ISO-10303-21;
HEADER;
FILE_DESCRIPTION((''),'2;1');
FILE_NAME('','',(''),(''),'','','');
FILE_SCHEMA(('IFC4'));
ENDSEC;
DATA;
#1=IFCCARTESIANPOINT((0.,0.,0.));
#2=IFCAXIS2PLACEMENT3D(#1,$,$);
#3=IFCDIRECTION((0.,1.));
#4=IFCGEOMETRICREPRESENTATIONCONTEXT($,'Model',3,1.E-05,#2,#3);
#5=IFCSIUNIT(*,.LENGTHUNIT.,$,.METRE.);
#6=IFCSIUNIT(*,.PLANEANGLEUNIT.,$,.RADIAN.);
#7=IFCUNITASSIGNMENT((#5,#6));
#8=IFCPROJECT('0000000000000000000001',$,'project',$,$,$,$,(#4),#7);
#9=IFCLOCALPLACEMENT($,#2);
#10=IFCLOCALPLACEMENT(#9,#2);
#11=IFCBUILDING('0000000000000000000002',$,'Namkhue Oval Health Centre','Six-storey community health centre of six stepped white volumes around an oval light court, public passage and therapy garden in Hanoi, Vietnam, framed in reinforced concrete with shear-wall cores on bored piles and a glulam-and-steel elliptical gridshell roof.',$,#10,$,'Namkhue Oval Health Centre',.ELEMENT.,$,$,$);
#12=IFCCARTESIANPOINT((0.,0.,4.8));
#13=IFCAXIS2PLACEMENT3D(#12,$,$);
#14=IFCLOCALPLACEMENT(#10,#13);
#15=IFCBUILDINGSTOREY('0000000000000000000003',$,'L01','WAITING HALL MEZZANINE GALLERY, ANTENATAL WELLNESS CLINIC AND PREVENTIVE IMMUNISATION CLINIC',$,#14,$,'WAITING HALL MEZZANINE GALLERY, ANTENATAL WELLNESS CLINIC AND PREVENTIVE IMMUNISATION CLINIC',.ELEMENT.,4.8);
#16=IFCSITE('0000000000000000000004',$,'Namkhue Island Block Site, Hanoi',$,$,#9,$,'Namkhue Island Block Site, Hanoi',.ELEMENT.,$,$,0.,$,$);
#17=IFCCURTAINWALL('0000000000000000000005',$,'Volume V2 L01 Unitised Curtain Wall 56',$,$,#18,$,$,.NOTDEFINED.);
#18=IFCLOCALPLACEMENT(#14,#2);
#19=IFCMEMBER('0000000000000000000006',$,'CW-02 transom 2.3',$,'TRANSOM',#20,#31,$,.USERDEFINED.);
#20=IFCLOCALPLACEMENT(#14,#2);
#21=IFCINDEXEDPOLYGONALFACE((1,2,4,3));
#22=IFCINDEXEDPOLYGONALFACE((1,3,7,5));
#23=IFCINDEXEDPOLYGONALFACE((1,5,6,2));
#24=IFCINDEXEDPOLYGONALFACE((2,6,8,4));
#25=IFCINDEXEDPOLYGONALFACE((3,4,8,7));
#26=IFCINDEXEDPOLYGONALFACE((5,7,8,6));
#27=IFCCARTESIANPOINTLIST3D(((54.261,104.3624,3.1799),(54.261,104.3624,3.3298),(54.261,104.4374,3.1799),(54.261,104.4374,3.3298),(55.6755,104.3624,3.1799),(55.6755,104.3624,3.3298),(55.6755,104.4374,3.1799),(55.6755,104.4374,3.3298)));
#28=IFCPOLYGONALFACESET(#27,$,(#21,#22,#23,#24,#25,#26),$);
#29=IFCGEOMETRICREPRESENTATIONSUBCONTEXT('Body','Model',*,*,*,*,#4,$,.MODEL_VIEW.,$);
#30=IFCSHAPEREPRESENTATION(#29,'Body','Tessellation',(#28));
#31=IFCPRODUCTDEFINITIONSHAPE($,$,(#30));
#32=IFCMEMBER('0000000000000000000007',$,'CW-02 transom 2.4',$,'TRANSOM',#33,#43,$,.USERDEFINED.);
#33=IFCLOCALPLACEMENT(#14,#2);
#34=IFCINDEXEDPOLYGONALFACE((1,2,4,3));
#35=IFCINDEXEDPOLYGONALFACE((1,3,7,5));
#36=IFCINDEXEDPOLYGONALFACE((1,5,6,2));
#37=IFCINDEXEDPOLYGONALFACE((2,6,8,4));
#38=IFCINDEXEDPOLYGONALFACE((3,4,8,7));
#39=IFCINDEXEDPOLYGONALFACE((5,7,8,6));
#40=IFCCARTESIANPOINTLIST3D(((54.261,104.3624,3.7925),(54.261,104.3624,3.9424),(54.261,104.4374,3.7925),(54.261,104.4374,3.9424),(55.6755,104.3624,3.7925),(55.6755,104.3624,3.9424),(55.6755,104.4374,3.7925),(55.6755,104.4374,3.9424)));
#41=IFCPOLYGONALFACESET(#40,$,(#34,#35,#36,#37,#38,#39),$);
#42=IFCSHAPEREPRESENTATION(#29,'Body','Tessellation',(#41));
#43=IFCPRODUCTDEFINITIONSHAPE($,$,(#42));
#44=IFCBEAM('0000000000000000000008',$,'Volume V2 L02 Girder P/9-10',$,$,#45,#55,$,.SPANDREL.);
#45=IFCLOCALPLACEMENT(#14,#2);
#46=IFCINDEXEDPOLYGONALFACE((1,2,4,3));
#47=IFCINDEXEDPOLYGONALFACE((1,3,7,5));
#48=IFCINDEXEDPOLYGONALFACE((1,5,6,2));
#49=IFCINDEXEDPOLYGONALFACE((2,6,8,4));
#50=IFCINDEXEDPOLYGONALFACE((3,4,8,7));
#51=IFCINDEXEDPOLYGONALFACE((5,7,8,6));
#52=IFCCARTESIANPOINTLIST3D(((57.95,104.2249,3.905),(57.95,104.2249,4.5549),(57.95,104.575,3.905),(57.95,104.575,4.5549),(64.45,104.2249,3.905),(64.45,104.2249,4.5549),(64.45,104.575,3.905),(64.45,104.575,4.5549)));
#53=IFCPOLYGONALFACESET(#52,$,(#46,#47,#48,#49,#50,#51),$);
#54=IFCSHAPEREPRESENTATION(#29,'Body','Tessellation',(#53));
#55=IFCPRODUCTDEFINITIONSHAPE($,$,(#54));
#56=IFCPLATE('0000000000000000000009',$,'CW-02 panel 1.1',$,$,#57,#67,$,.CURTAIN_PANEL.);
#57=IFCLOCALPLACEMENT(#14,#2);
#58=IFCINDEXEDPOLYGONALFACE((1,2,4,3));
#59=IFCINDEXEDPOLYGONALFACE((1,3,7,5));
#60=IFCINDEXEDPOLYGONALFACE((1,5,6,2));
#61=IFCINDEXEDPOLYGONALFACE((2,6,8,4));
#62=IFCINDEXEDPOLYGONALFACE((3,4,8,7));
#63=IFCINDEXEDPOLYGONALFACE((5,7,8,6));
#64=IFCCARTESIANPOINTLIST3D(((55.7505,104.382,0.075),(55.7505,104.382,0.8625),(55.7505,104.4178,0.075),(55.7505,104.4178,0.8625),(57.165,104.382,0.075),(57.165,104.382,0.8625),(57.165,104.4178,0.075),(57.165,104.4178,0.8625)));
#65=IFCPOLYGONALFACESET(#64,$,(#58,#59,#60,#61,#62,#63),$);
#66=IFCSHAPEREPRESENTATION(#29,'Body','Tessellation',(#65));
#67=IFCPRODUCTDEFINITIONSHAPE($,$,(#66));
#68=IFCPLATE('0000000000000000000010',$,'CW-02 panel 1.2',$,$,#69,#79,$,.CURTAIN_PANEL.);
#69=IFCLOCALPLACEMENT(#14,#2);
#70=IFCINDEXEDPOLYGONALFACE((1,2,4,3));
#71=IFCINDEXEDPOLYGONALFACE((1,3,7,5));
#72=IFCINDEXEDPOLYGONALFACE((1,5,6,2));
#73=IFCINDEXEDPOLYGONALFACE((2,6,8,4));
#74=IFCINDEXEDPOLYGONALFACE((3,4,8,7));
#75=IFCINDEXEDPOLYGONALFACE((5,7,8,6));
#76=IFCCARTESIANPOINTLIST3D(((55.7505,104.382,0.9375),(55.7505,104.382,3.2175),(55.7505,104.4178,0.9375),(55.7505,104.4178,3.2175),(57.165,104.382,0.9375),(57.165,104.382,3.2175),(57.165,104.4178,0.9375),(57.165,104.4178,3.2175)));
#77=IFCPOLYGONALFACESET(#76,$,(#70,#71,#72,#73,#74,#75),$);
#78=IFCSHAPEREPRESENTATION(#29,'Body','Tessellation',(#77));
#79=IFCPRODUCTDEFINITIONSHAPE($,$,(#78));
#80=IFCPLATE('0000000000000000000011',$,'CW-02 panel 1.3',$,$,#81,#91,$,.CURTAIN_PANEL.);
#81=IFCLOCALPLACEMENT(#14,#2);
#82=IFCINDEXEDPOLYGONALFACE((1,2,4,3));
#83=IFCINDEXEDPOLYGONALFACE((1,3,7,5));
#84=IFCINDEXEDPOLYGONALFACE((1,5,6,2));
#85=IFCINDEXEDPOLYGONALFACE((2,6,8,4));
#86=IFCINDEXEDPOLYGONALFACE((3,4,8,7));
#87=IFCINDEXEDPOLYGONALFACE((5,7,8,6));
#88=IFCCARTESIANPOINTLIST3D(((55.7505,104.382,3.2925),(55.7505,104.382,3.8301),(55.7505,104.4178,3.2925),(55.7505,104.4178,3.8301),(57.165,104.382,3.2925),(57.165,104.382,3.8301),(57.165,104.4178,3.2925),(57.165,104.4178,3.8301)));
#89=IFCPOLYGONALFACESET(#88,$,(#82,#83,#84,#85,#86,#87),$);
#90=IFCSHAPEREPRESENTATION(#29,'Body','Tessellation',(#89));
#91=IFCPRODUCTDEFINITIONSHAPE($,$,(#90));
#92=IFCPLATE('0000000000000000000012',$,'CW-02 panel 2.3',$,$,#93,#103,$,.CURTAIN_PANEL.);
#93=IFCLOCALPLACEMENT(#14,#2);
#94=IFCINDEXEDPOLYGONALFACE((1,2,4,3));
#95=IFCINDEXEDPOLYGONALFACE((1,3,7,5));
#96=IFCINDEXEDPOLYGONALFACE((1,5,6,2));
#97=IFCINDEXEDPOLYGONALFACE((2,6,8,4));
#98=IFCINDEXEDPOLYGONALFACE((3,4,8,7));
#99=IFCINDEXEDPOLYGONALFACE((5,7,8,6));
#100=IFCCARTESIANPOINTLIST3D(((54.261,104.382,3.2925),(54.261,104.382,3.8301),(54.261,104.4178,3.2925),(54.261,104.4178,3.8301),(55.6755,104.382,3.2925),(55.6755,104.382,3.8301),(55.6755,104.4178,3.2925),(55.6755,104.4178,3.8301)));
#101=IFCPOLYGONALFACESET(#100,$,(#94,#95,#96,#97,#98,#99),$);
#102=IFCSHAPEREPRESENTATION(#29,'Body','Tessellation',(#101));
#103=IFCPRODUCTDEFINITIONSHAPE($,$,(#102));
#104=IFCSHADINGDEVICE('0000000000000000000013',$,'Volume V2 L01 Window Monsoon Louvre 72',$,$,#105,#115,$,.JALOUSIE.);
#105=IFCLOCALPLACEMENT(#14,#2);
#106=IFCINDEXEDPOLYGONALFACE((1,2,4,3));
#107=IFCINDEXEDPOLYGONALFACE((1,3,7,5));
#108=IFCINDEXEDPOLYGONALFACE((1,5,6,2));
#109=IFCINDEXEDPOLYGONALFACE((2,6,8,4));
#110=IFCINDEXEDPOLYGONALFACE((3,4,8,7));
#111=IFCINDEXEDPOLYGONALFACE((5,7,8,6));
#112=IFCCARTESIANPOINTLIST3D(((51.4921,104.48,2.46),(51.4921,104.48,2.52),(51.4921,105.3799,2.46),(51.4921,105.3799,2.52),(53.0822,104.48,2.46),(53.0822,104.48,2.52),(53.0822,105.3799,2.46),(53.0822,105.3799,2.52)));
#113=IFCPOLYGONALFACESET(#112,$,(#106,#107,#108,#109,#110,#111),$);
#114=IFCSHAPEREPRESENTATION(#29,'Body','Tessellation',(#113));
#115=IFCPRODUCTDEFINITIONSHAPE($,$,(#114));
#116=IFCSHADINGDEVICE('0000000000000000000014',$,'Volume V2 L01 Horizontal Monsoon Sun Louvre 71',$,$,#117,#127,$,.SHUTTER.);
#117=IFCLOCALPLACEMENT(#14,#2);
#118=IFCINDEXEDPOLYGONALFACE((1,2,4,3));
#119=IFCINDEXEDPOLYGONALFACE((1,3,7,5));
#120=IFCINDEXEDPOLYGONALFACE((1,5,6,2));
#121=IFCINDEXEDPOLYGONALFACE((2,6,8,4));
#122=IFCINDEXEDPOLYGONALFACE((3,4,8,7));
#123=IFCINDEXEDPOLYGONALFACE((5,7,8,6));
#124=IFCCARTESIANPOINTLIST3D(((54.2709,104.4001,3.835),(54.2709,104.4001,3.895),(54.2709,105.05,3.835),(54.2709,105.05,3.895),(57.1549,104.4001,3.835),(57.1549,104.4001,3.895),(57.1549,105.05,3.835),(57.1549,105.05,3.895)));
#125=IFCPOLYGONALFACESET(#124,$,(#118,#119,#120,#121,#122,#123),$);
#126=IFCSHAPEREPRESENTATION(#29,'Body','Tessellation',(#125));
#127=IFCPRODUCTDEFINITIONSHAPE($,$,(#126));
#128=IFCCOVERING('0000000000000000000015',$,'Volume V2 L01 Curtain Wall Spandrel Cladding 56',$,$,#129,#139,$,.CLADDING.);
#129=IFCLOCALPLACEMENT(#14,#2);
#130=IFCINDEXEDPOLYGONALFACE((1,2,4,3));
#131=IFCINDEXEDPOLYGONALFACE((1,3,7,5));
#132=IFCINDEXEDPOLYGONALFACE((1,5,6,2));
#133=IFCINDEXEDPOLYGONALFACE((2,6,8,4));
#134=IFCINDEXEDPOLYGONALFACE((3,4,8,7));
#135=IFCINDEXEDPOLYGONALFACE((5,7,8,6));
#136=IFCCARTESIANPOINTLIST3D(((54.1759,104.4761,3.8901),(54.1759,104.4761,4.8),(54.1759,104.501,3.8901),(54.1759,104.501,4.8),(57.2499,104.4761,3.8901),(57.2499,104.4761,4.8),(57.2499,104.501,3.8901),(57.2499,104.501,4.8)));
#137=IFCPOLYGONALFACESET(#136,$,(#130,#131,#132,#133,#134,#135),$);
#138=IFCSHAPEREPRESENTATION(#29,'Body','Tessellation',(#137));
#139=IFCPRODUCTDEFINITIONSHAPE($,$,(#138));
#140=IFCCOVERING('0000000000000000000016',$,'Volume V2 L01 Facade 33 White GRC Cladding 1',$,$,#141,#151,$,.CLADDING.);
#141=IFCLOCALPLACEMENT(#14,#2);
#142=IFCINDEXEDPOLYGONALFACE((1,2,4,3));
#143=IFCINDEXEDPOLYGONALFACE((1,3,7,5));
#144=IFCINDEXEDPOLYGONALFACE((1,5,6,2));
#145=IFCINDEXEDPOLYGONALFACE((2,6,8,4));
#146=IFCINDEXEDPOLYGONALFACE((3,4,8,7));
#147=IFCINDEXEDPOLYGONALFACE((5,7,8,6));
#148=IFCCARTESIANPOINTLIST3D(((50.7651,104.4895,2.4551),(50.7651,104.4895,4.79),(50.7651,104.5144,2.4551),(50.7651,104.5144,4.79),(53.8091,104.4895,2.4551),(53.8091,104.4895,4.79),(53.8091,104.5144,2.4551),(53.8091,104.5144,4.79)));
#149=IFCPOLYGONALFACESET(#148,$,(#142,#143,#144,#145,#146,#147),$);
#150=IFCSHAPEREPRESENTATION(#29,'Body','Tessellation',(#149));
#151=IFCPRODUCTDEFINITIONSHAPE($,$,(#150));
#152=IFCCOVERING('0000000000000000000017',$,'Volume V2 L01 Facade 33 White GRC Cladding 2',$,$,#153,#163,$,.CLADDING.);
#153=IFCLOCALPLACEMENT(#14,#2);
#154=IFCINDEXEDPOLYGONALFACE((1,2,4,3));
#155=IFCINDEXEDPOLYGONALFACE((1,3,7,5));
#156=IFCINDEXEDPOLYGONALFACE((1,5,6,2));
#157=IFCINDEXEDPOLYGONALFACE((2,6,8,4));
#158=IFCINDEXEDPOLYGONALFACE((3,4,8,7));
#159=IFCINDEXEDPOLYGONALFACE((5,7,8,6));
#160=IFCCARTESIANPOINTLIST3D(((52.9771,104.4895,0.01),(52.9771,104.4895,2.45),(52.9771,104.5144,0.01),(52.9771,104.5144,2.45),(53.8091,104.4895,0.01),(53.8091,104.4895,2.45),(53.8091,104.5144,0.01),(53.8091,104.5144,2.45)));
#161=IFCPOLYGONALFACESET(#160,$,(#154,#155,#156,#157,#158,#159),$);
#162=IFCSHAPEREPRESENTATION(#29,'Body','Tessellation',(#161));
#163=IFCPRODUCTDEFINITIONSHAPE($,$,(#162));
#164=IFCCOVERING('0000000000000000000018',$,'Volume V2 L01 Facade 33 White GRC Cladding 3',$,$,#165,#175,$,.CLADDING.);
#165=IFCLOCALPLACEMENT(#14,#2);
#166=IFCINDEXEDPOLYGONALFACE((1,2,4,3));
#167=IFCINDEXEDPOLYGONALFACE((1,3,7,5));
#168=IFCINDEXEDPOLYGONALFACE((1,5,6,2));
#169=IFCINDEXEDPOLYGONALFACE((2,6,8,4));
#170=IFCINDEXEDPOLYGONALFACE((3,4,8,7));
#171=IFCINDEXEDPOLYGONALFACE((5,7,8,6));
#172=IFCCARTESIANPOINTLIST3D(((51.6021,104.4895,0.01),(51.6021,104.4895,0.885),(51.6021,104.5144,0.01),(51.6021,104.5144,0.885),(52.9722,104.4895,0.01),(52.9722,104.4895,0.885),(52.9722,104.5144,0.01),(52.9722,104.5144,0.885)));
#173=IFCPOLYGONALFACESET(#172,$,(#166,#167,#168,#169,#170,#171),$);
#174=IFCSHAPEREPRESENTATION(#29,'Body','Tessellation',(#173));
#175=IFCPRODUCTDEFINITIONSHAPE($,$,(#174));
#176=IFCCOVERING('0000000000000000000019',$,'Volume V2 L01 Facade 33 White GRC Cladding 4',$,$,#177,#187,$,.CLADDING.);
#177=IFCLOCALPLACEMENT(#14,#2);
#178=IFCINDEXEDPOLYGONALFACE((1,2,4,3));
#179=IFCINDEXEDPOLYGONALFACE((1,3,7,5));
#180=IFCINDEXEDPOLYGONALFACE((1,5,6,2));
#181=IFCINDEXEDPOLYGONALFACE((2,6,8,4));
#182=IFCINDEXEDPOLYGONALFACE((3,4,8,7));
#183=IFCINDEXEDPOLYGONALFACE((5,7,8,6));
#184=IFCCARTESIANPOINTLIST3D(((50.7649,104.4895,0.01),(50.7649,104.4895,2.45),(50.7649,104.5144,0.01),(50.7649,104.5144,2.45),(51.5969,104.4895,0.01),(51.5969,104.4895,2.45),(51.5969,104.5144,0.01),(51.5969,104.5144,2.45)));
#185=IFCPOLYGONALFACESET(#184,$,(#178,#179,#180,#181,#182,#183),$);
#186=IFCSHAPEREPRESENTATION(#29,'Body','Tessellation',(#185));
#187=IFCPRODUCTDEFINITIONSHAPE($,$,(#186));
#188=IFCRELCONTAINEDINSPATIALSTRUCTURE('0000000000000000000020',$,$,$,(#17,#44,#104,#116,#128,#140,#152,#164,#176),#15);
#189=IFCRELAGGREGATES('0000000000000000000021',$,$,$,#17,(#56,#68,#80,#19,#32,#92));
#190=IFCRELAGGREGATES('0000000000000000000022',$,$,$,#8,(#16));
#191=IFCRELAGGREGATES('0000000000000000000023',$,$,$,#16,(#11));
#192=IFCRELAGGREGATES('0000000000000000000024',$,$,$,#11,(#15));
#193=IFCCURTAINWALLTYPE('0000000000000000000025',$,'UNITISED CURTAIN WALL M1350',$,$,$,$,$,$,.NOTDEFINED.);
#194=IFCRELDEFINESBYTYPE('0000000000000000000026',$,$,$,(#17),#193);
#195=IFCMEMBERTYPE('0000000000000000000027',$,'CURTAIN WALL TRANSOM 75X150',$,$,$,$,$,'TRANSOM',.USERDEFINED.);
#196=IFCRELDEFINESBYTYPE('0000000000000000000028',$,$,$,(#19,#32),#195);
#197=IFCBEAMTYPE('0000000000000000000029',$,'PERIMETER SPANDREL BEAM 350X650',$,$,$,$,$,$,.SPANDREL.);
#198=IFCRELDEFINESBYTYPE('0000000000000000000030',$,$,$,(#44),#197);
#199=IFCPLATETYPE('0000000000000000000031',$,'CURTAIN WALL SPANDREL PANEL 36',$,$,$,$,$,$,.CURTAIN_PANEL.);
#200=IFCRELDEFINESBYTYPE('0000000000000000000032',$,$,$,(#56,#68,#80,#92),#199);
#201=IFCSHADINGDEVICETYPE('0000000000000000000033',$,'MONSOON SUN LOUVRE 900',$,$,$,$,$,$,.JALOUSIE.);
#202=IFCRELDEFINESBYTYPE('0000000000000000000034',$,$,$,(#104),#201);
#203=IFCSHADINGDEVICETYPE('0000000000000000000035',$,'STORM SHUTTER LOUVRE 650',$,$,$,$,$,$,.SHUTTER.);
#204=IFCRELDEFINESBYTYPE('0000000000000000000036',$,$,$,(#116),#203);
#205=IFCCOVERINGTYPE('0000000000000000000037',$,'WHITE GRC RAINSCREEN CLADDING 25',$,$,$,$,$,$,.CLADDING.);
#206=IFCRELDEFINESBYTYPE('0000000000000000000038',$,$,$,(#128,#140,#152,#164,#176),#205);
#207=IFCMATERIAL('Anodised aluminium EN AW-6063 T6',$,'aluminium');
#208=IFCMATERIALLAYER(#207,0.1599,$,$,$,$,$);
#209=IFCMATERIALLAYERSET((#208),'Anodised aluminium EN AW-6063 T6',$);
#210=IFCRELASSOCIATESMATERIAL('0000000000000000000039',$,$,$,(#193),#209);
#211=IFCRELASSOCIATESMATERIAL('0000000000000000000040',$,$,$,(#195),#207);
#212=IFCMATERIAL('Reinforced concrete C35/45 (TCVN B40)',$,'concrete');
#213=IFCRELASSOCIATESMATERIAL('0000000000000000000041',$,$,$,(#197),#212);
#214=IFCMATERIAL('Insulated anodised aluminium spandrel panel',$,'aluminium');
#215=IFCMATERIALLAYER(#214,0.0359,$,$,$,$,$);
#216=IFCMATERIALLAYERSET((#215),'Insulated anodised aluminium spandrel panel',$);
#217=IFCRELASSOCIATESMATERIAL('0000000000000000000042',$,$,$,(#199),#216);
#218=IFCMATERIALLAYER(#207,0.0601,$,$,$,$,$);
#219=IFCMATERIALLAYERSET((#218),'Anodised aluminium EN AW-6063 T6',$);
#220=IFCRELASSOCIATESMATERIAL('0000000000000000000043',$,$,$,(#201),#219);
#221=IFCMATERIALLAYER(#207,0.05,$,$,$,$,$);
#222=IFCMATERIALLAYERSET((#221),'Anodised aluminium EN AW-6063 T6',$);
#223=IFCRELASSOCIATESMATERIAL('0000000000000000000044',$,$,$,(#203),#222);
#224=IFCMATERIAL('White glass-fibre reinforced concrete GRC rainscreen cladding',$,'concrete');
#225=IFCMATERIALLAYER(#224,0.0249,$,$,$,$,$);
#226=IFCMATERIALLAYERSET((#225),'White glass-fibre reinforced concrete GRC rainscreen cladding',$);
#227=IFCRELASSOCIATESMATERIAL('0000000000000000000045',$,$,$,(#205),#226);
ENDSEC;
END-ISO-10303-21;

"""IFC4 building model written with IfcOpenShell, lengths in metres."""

from ifc_helpers import new_model, si_unit, direction, frame, origin, origin_2d, place, context, subcontext, project, spatial, rectangle, extrude, material, layer, layer_set, material_profile, profile_set, type_object, element, aggregate, save


model = new_model("IFC4")

# Units and contexts
model_context = context("Model", 3, precision=1e-05, world=origin(), true_north=direction((0.0, 1.0)))
body_context = subcontext(model_context, "Body", "Model", "MODEL_VIEW")
ifc_project = project(units=[si_unit("LENGTHUNIT", "METRE"), si_unit("PLANEANGLEUNIT", "RADIAN")], contexts=[model_context])

# Site, building, storey
site_placement = place(None, origin())
site = spatial("IfcSite", under=ifc_project, at=site_placement, Name="Namkhue Island Block Site, Hanoi", LongName="Namkhue Island Block Site, Hanoi", CompositionType="ELEMENT", RefElevation=0.0)
building_placement = place(site_placement, origin())
building = spatial("IfcBuilding", under=site, at=building_placement, Name="Namkhue Oval Health Centre", Description="Six-storey community health centre of six stepped white volumes around an oval light court, public passage and therapy garden in Hanoi, Vietnam, framed in reinforced concrete with shear-wall cores on bored piles and a glulam-and-steel elliptical gridshell roof.", LongName="Namkhue Oval Health Centre", CompositionType="ELEMENT")
storey_placement = place(building_placement, frame((0.0, 0.0, 4.8)))
storey = spatial("IfcBuildingStorey", under=building, at=storey_placement, Name="L01", Description="WAITING HALL MEZZANINE GALLERY, ANTENATAL WELLNESS CLINIC AND PREVENTIVE IMMUNISATION CLINIC", LongName="WAITING HALL MEZZANINE GALLERY, ANTENATAL WELLNESS CLINIC AND PREVENTIVE IMMUNISATION CLINIC", CompositionType="ELEMENT", Elevation=4.8)

# Shared definitions
ifc_material_1 = material(Name="Reinforced concrete C35/45 (TCVN B40)", Category="concrete")

# Curtain wall, members
ifc_material_2 = material(Name="Anodised aluminium EN AW-6063 T6", Category="aluminium")
ifc_layer_1 = layer(ifc_material_2, 0.1599)
ifc_layer_set_1 = layer_set([ifc_layer_1], Name="Anodised aluminium EN AW-6063 T6")
curtain_wall_type = type_object("IfcCurtainWallType", Name="UNITISED CURTAIN WALL M1350", PredefinedType="NOTDEFINED", material=ifc_layer_set_1)
curtain_wall_placement = place(storey_placement, origin())
curtain_wall = element("IfcCurtainWall", 1, at=curtain_wall_placement, inside=storey, type_object=curtain_wall_type, Name="Volume V2 L01 Unitised Curtain Wall 56", PredefinedType="NOTDEFINED")
ifc_material_profile_1 = material_profile(ifc_material_2, rectangle(XDim=0.075, YDim=0.1499, at=origin_2d()), Name="ALU 75x150")
ifc_profile_set_1 = profile_set([ifc_material_profile_1], Name="Anodised aluminium EN AW-6063 T6")
member_type_1 = type_object("IfcMemberType", Name="CURTAIN WALL TRANSOM 75X150", ElementType="TRANSOM", PredefinedType="USERDEFINED", material=ifc_profile_set_1)
member_1_placement = place(storey_placement, frame((55.6755, 104.3999, 3.2549), z_axis=(-1.0, 0.0, 0.0), x_axis=(0.0, -1.0, 0.0)))
member_1 = element("IfcMember", 2, at=member_1_placement, type_object=member_type_1, Name="CW-02 transom 2.3", ObjectType="TRANSOM", PredefinedType="USERDEFINED", context=body_context, shape_type="SweptSolid", body=[
    extrude(rectangle(XDim=0.075, YDim=0.1499, at=origin_2d()), origin(), (0.0, 0.0, 1.0), 1.4146),
])
member_2_placement = place(storey_placement, frame((55.6755, 104.3999, 3.8674), z_axis=(-1.0, 0.0, 0.0), x_axis=(0.0, -1.0, 0.0)))
member_2 = element("IfcMember", 3, at=member_2_placement, type_object=member_type_1, Name="CW-02 transom 2.4", ObjectType="TRANSOM", PredefinedType="USERDEFINED", context=body_context, shape_type="SweptSolid", body=[
    extrude(rectangle(XDim=0.075, YDim=0.1499, at=origin_2d()), origin(), (0.0, 0.0, 1.0), 1.4146),
])

# Beam
ifc_material_profile_2 = material_profile(ifc_material_1, rectangle(XDim=0.3501, YDim=0.6499, at=origin_2d()), Name="RC 350x650")
ifc_profile_set_2 = profile_set([ifc_material_profile_2], Name="Reinforced concrete C35/45 (TCVN B40)")
beam_type = type_object("IfcBeamType", Name="PERIMETER SPANDREL BEAM 350X650", PredefinedType="SPANDREL", material=ifc_profile_set_2)
beam_placement = place(storey_placement, frame((57.95, 104.3999, 4.23), z_axis=(1.0, 0.0, 0.0), x_axis=(0.0, 1.0, 0.0)))
element("IfcBeam", 4, at=beam_placement, inside=storey, type_object=beam_type, Name="Volume V2 L02 Girder P/9-10", PredefinedType="SPANDREL", context=body_context, shape_type="SweptSolid", body=[
    extrude(rectangle(XDim=0.3501, YDim=0.6499, at=origin_2d()), origin(), (0.0, 0.0, 1.0), 6.5),
])

# Plates
ifc_material_3 = material(Name="Insulated anodised aluminium spandrel panel", Category="aluminium")
ifc_layer_2 = layer(ifc_material_3, 0.0359)
ifc_layer_set_2 = layer_set([ifc_layer_2], Name="Insulated anodised aluminium spandrel panel")
plate_type = type_object("IfcPlateType", Name="CURTAIN WALL SPANDREL PANEL 36", PredefinedType="CURTAIN_PANEL", material=ifc_layer_set_2)
plate_1_placement = place(storey_placement, frame((56.4578, 104.3999, 0.075), z_axis=(0.0, 0.0, 1.0), x_axis=(-1.0, 0.0, 0.0)))
plate_1 = element("IfcPlate", 5, at=plate_1_placement, type_object=plate_type, Name="CW-02 panel 1.1", PredefinedType="CURTAIN_PANEL", context=body_context, shape_type="SweptSolid", body=[
    extrude(rectangle(XDim=1.4146, YDim=0.0359, at=origin_2d()), origin(), (0.0, 0.0, 1.0), 0.7876),
])
plate_2_placement = place(storey_placement, frame((56.4578, 104.3999, 0.9375), z_axis=(0.0, 0.0, 1.0), x_axis=(-1.0, 0.0, 0.0)))
plate_2 = element("IfcPlate", 6, at=plate_2_placement, type_object=plate_type, Name="CW-02 panel 1.2", PredefinedType="CURTAIN_PANEL", context=body_context, shape_type="SweptSolid", body=[
    extrude(rectangle(XDim=1.4146, YDim=0.0359, at=origin_2d()), origin(), (0.0, 0.0, 1.0), 2.28),
])
plate_3_placement = place(storey_placement, frame((56.4578, 104.3999, 3.2925), z_axis=(0.0, 0.0, 1.0), x_axis=(-1.0, 0.0, 0.0)))
plate_3 = element("IfcPlate", 7, at=plate_3_placement, type_object=plate_type, Name="CW-02 panel 1.3", PredefinedType="CURTAIN_PANEL", context=body_context, shape_type="SweptSolid", body=[
    extrude(rectangle(XDim=1.4146, YDim=0.0359, at=origin_2d()), origin(), (0.0, 0.0, 1.0), 0.5376),
])
plate_4_placement = place(storey_placement, frame((54.9683, 104.3999, 3.2925), z_axis=(0.0, 0.0, 1.0), x_axis=(-1.0, 0.0, 0.0)))
plate_4 = element("IfcPlate", 8, at=plate_4_placement, type_object=plate_type, Name="CW-02 panel 2.3", PredefinedType="CURTAIN_PANEL", context=body_context, shape_type="SweptSolid", body=[
    extrude(rectangle(XDim=1.4146, YDim=0.0359, at=origin_2d()), origin(), (0.0, 0.0, 1.0), 0.5376),
])
aggregate(curtain_wall, [plate_1, plate_2, plate_3, member_1, member_2, plate_4])

# Shading devices
ifc_layer_3 = layer(ifc_material_2, 0.0601)
ifc_layer_set_3 = layer_set([ifc_layer_3], Name="Anodised aluminium EN AW-6063 T6")
shading_device_type_1 = type_object("IfcShadingDeviceType", Name="MONSOON SUN LOUVRE 900", PredefinedType="JALOUSIE", material=ifc_layer_set_3)
shading_device_1_placement = place(storey_placement, frame((52.2871, 104.9299, 2.46), z_axis=(0.0, 0.0, 1.0), x_axis=(-1.0, 0.0, 0.0)))
element("IfcShadingDevice", 9, at=shading_device_1_placement, inside=storey, type_object=shading_device_type_1, Name="Volume V2 L01 Window Monsoon Louvre 72", PredefinedType="JALOUSIE", context=body_context, shape_type="SweptSolid", body=[
    extrude(rectangle(XDim=1.5901, YDim=0.8999, at=origin_2d()), origin(), (0.0, 0.0, 1.0), 0.0601),
])
ifc_layer_4 = layer(ifc_material_2, 0.05)
ifc_layer_set_4 = layer_set([ifc_layer_4], Name="Anodised aluminium EN AW-6063 T6")
shading_device_type_2 = type_object("IfcShadingDeviceType", Name="STORM SHUTTER LOUVRE 650", PredefinedType="SHUTTER", material=ifc_layer_set_4)
shading_device_2_placement = place(storey_placement, frame((55.7129, 104.7251, 3.835), z_axis=(0.0, 0.0, 1.0), x_axis=(-1.0, 0.0, 0.0)))
element("IfcShadingDevice", 10, at=shading_device_2_placement, inside=storey, type_object=shading_device_type_2, Name="Volume V2 L01 Horizontal Monsoon Sun Louvre 71", PredefinedType="SHUTTER", context=body_context, shape_type="SweptSolid", body=[
    extrude(rectangle(XDim=2.884, YDim=0.6499, at=origin_2d()), origin(), (0.0, 0.0, 1.0), 0.0601),
])

# Coverings
ifc_material_4 = material(Name="White glass-fibre reinforced concrete GRC rainscreen cladding", Category="concrete")
ifc_layer_5 = layer(ifc_material_4, 0.0249)
ifc_layer_set_5 = layer_set([ifc_layer_5], Name="White glass-fibre reinforced concrete GRC rainscreen cladding")
covering_type = type_object("IfcCoveringType", Name="WHITE GRC RAINSCREEN CLADDING 25", PredefinedType="CLADDING", material=ifc_layer_set_5)
covering_1_placement = place(storey_placement, frame((55.7129, 104.4885, 3.8901), z_axis=(0.0, 0.0, 1.0), x_axis=(-1.0, 0.0, 0.0)))
element("IfcCovering", 11, at=covering_1_placement, inside=storey, type_object=covering_type, Name="Volume V2 L01 Curtain Wall Spandrel Cladding 56", PredefinedType="CLADDING", context=body_context, shape_type="SweptSolid", body=[
    extrude(rectangle(XDim=3.074, YDim=0.0249, at=origin_2d()), origin(), (0.0, 0.0, 1.0), 0.9099),
])
covering_2_placement = place(storey_placement, frame((52.2871, 104.502, 2.4551), z_axis=(0.0, 0.0, 1.0), x_axis=(-1.0, 0.0, 0.0)))
element("IfcCovering", 12, at=covering_2_placement, inside=storey, type_object=covering_type, Name="Volume V2 L01 Facade 33 White GRC Cladding 1", PredefinedType="CLADDING", context=body_context, shape_type="SweptSolid", body=[
    extrude(rectangle(XDim=3.0439, YDim=0.0249, at=origin_2d()), origin(), (0.0, 0.0, 1.0), 2.335),
])
covering_3_placement = place(storey_placement, frame((53.3931, 104.502, 0.01), z_axis=(0.0, 0.0, 1.0), x_axis=(-1.0, 0.0, 0.0)))
element("IfcCovering", 13, at=covering_3_placement, inside=storey, type_object=covering_type, Name="Volume V2 L01 Facade 33 White GRC Cladding 2", PredefinedType="CLADDING", context=body_context, shape_type="SweptSolid", body=[
    extrude(rectangle(XDim=0.832, YDim=0.0249, at=origin_2d()), origin(), (0.0, 0.0, 1.0), 2.4399),
])
covering_4_placement = place(storey_placement, frame((52.2871, 104.502, 0.01), z_axis=(0.0, 0.0, 1.0), x_axis=(-1.0, 0.0, 0.0)))
element("IfcCovering", 14, at=covering_4_placement, inside=storey, type_object=covering_type, Name="Volume V2 L01 Facade 33 White GRC Cladding 3", PredefinedType="CLADDING", context=body_context, shape_type="SweptSolid", body=[
    extrude(rectangle(XDim=1.3701, YDim=0.0249, at=origin_2d()), origin(), (0.0, 0.0, 1.0), 0.875),
])
covering_5_placement = place(storey_placement, frame((51.1809, 104.502, 0.01), z_axis=(0.0, 0.0, 1.0), x_axis=(-1.0, 0.0, 0.0)))
element("IfcCovering", 15, at=covering_5_placement, inside=storey, type_object=covering_type, Name="Volume V2 L01 Facade 33 White GRC Cladding 4", PredefinedType="CLADDING", context=body_context, shape_type="SweptSolid", body=[
    extrude(rectangle(XDim=0.832, YDim=0.0249, at=origin_2d()), origin(), (0.0, 0.0, 1.0), 2.4399),
])

save(model, "model.ifc")
